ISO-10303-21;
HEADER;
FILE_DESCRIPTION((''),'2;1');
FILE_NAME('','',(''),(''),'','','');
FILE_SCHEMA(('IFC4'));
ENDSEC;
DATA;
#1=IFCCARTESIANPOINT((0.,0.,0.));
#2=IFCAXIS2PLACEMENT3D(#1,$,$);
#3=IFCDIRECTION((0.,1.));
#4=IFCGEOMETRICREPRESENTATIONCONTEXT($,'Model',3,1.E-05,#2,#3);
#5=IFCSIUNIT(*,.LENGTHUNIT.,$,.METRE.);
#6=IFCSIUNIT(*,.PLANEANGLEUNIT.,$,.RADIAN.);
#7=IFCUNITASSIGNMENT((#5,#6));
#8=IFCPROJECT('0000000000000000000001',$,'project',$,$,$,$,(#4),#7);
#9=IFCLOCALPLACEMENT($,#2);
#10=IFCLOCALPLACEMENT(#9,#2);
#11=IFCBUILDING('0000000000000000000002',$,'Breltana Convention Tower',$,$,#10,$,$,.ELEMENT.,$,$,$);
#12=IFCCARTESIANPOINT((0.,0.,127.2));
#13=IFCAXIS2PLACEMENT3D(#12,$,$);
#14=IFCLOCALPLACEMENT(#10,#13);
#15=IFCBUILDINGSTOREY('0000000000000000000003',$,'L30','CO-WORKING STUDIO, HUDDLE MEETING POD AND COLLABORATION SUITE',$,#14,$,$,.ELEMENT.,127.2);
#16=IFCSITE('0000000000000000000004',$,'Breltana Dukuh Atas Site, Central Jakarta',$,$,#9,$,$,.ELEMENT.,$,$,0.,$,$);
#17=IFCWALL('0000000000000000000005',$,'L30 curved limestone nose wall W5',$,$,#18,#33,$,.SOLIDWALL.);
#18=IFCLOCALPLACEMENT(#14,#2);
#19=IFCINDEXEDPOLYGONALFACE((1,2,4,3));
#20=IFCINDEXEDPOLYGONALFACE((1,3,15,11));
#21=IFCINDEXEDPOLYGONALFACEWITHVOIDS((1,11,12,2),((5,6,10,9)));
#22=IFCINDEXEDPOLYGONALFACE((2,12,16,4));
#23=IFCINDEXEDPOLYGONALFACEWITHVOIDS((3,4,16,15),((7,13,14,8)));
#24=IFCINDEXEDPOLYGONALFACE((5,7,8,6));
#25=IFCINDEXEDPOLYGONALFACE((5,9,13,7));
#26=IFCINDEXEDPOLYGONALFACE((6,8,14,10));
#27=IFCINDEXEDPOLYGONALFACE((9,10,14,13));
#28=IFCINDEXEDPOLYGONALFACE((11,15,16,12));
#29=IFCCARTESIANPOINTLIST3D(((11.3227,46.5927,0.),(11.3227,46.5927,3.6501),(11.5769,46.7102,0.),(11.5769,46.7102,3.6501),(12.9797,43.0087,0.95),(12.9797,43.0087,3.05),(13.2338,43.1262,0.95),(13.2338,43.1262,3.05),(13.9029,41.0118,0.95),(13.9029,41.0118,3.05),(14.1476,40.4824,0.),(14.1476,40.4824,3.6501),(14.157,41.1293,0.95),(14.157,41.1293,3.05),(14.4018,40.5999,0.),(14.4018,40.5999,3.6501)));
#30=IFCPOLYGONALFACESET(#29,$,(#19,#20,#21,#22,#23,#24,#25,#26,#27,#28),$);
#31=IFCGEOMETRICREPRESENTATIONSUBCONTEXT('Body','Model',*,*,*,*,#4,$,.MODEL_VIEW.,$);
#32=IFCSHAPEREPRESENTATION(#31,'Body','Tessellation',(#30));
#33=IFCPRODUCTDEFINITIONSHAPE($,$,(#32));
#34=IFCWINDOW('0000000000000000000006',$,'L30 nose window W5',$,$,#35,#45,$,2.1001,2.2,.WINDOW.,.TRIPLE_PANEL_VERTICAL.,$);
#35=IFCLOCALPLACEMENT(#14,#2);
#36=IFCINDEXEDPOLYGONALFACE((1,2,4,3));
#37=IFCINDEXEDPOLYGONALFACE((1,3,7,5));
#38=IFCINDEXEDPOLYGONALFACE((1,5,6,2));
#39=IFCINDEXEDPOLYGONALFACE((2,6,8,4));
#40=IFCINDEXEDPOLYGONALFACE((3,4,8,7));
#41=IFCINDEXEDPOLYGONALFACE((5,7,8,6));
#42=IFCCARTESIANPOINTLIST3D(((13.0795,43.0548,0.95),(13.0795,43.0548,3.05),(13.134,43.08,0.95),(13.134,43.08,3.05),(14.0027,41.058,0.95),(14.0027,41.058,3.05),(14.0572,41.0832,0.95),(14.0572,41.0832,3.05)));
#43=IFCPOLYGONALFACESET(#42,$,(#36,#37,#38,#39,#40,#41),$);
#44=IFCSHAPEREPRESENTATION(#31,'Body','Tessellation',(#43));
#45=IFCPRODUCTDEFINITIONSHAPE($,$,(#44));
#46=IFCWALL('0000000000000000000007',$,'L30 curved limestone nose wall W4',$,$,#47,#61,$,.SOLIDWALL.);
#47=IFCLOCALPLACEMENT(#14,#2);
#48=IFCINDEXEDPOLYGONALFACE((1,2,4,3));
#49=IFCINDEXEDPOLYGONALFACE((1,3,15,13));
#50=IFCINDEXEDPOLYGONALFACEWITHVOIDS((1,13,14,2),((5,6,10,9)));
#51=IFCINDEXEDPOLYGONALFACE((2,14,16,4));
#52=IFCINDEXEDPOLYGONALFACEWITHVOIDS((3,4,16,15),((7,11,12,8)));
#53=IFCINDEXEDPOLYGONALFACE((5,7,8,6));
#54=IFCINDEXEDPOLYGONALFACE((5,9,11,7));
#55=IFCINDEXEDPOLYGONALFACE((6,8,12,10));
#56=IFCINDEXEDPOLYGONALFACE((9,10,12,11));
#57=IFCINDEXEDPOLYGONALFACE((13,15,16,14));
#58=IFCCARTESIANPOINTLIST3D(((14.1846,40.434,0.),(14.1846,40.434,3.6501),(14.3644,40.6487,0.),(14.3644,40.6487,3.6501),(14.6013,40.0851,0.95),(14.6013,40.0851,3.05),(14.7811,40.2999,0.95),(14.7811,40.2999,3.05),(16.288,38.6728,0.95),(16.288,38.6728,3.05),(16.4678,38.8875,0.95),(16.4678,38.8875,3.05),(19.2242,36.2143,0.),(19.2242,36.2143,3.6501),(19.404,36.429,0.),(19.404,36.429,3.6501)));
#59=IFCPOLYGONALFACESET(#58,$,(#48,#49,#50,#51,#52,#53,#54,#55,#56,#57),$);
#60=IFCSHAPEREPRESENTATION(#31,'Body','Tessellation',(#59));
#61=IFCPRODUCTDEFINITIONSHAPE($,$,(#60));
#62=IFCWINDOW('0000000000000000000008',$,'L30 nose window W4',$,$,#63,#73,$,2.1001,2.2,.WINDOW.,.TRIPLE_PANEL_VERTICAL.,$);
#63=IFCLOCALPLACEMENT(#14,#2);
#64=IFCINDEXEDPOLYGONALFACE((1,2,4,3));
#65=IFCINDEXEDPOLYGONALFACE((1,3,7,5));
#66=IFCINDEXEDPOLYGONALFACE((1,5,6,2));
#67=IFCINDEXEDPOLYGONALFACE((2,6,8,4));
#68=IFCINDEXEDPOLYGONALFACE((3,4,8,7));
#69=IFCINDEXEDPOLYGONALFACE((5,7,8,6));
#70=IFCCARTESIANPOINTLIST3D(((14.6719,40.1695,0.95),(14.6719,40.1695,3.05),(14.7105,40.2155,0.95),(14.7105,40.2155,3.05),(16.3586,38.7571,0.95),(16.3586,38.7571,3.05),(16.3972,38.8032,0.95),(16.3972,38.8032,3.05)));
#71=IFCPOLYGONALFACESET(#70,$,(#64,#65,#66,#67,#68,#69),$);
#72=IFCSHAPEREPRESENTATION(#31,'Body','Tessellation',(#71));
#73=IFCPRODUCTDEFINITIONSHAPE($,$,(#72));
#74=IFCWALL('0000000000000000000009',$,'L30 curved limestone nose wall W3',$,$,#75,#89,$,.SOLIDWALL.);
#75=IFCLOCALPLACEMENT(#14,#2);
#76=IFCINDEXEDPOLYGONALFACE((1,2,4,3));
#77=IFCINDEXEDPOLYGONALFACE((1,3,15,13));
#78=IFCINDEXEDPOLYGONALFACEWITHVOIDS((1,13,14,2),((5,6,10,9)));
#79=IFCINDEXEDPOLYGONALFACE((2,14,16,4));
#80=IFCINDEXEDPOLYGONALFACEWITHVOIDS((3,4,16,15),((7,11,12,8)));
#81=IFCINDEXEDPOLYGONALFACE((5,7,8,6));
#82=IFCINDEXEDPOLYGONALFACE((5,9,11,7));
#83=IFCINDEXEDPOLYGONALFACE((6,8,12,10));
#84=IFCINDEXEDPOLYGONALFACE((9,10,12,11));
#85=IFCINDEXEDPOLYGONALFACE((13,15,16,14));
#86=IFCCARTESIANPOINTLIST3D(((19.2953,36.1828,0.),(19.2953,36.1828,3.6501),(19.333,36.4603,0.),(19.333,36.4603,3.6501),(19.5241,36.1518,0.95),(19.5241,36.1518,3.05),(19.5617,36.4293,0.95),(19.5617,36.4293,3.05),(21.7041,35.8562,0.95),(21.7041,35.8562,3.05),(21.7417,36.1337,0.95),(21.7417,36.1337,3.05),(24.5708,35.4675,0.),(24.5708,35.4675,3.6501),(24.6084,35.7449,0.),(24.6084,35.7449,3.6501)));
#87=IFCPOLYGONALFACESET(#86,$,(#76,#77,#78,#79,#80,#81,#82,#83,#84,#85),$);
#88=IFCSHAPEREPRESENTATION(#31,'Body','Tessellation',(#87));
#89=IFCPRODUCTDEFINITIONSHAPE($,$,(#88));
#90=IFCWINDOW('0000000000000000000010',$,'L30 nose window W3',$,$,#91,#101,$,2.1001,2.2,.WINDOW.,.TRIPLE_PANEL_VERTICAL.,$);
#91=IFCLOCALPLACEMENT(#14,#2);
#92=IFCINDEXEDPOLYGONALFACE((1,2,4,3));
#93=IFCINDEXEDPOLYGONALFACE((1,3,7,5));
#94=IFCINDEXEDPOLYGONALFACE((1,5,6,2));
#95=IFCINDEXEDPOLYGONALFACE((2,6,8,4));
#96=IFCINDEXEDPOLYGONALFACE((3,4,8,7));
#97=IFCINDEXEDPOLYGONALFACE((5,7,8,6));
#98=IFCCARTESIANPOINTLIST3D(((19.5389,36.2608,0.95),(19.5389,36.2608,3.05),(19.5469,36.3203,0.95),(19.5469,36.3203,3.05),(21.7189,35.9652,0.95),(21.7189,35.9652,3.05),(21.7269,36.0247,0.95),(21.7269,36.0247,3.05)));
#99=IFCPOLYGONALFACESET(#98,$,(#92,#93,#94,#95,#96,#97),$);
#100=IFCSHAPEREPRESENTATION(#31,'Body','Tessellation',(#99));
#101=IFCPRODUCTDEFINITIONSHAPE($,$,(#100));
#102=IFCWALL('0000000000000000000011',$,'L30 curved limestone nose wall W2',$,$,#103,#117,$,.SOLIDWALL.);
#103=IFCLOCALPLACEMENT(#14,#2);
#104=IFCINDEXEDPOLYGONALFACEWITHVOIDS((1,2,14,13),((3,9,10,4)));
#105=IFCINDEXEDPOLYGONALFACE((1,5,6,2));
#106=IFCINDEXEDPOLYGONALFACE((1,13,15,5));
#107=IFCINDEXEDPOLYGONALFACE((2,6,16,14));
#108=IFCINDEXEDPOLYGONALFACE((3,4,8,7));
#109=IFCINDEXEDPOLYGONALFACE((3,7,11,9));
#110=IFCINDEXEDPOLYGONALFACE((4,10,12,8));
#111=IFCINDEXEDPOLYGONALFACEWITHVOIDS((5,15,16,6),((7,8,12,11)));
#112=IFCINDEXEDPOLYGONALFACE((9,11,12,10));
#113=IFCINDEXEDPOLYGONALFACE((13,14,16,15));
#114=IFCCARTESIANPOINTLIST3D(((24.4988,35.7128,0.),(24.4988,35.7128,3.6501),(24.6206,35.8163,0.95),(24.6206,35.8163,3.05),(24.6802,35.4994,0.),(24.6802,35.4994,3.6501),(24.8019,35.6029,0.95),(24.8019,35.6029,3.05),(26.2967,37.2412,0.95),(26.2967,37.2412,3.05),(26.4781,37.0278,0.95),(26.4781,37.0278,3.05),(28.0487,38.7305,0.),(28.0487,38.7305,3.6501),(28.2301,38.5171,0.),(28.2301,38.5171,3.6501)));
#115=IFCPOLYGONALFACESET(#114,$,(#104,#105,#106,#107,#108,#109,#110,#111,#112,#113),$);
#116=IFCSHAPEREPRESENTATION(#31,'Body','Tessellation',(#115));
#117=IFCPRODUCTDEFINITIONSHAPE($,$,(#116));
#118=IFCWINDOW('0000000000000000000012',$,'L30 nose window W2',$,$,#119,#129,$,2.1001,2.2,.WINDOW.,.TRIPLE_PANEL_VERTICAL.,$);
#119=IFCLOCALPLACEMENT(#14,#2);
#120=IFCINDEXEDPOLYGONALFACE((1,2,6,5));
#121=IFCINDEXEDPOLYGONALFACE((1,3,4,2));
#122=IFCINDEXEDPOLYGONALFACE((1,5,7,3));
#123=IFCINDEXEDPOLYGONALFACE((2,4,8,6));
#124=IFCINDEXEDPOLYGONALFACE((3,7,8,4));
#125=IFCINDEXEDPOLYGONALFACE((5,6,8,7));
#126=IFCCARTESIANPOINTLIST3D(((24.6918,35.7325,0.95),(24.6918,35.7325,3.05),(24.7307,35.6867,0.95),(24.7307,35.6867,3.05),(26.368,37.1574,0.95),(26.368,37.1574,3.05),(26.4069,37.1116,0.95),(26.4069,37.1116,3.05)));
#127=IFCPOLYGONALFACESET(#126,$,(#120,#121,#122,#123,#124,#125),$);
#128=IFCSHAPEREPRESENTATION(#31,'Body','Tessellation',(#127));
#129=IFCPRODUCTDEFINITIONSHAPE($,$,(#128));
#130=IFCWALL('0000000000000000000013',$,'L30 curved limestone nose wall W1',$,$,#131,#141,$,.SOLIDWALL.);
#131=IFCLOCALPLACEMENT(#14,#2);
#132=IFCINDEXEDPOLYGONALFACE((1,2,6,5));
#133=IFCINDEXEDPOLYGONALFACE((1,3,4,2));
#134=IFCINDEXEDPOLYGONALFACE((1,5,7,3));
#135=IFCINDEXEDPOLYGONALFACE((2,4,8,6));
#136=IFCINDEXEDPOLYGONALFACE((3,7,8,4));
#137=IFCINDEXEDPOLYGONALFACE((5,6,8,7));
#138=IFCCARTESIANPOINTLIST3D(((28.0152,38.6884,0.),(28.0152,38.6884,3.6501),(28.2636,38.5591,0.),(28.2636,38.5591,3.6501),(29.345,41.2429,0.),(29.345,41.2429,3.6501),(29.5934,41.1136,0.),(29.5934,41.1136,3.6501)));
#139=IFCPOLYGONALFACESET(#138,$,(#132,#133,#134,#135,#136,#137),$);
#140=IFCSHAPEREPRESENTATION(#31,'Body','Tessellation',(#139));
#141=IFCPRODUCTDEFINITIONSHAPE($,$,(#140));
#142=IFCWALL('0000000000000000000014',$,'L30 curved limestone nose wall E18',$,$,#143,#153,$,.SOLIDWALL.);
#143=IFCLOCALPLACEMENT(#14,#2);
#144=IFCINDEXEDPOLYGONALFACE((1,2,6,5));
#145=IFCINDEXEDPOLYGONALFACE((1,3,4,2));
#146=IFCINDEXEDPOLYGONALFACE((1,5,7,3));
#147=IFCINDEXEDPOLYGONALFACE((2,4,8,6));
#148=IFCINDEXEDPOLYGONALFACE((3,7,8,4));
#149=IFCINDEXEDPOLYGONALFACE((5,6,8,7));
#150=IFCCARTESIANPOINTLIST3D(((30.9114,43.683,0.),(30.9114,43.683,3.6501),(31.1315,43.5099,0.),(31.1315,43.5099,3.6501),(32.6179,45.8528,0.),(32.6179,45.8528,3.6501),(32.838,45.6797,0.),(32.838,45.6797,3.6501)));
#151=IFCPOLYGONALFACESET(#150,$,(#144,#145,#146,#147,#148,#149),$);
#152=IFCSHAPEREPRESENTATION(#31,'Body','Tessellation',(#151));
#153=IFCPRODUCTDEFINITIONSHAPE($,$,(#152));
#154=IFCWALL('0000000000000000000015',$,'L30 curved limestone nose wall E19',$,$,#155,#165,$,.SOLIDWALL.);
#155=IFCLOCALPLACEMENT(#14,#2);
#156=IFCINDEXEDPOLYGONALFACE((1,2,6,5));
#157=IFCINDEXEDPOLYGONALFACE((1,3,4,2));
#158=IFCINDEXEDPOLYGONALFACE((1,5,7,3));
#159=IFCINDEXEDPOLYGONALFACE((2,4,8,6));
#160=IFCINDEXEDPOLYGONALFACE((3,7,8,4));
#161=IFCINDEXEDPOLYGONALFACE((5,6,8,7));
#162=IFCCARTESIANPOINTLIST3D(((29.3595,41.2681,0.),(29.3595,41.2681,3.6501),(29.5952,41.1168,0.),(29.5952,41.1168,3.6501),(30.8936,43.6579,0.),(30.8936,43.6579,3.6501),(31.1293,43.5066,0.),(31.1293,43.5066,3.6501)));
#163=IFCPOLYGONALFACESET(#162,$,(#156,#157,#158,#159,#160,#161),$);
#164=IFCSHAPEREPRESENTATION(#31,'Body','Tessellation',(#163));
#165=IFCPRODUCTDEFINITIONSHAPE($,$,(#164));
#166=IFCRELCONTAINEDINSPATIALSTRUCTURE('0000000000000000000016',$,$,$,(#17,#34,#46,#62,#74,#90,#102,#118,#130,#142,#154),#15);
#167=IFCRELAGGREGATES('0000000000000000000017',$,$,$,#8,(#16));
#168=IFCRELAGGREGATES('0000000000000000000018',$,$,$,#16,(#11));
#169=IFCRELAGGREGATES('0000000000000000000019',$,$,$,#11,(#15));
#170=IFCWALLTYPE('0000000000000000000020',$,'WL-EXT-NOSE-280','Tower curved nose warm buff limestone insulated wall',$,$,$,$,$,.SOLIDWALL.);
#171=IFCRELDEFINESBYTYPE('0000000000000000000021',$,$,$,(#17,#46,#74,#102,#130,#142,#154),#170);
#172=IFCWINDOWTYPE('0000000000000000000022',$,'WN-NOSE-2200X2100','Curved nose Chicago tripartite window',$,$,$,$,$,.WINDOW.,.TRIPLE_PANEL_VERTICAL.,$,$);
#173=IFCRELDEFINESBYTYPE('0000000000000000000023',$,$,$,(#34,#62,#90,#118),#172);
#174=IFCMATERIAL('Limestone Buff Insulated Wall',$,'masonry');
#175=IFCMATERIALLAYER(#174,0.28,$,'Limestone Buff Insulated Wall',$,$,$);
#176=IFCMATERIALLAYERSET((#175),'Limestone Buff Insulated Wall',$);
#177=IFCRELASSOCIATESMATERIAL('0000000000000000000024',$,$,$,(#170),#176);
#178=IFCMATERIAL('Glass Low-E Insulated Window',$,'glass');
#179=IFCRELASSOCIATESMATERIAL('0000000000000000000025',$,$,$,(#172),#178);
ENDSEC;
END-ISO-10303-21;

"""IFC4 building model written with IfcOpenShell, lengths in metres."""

from ifc_helpers import new_model, si_unit, direction, frame, frame_2d, origin, place, context, subcontext, project, spatial, rectangle, extrude, source, transform, mapped, material, layer, layer_set, type_object, type_shapes, element, fill, save


model = new_model("IFC4")

# Units and contexts
model_context = context("Model", 3, precision=1e-05, world=origin(), true_north=direction((0.0, 1.0)))
body_context = subcontext(model_context, "Body", "Model", "MODEL_VIEW")
ifc_project = project(units=[si_unit("LENGTHUNIT", "METRE"), si_unit("PLANEANGLEUNIT", "RADIAN")], contexts=[model_context])

# Site, building, storey
site_placement = place(None, origin())
site = spatial("IfcSite", under=ifc_project, at=site_placement, Name="Breltana Dukuh Atas Site, Central Jakarta", CompositionType="ELEMENT", RefElevation=0.0)
building_placement = place(site_placement, origin())
building = spatial("IfcBuilding", under=site, at=building_placement, Name="Breltana Convention Tower", CompositionType="ELEMENT")
storey_placement = place(building_placement, frame((0.0, 0.0, 127.2)))
storey = spatial("IfcBuildingStorey", under=building, at=storey_placement, Name="L30", Description="CO-WORKING STUDIO, HUDDLE MEETING POD AND COLLABORATION SUITE", CompositionType="ELEMENT", Elevation=127.2)

# Walls, openings, windows
ifc_material_1 = material(Name="Limestone Buff Insulated Wall", Category="masonry")
ifc_layer_1 = layer(ifc_material_1, 0.28, Name="Limestone Buff Insulated Wall")
ifc_layer_set_1 = layer_set([ifc_layer_1], Name="Limestone Buff Insulated Wall")
wall_type_1 = type_object("IfcWallType", Name="WL-EXT-NOSE-280", Description="Tower curved nose warm buff limestone insulated wall", PredefinedType="SOLIDWALL", material=ifc_layer_set_1)
shared_shape_1 = source(origin(), body_context, "Body", "SweptSolid", [
    extrude(rectangle(XDim=6.7317, YDim=0.28, at=frame_2d((3.3657, 0.0))), origin(), (0.0, 0.0, 1.0), 3.6501),
])
wall_1_placement = place(storey_placement, frame((14.2747, 40.5413, 0.0), z_axis=(0.0, 0.0, 1.0), x_axis=(-0.419645, 0.907689, 0.0)))
wall_1 = element("IfcWall", 1, at=wall_1_placement, inside=storey, type_object=wall_type_1, Name="L30 curved limestone nose wall W5", PredefinedType="SOLIDWALL", context=body_context, shape_type="MappedRepresentation", body=[
    mapped(shared_shape_1, transform((0.0, 0.0, 0.0), scale=1.0)),
])
opening_1_placement = place(wall_1_placement, frame((0.583, 0.0, 0.95)))
opening_1 = element("IfcOpeningElement", 2, at=opening_1_placement, cuts=wall_1, PredefinedType="OPENING", context=body_context, shape_type="SweptSolid", body=[
    extrude(rectangle(XDim=2.2, YDim=2.1001, at=frame_2d((1.1001, 1.05))), frame((0.0, 0.1499, 0.0), z_axis=(0.0, -1.0, 0.0), x_axis=(1.0, 0.0, 0.0)), (0.0, 0.0, 1.0), 0.3),
])
ifc_material_2 = material(Name="Glass Low-E Insulated Window", Category="glass")
window_type = type_object("IfcWindowType", Name="WN-NOSE-2200X2100", Description="Curved nose Chicago tripartite window", PartitioningType="TRIPLE_PANEL_VERTICAL", PredefinedType="WINDOW", material=ifc_material_2)
shared_shape_2 = source(origin(), body_context, "Body", "SweptSolid", [
    extrude(rectangle(XDim=2.2, YDim=2.1001, at=frame_2d((1.1001, 1.05))), frame((0.0, 0.03, 0.0), z_axis=(0.0, -1.0, 0.0), x_axis=(1.0, 0.0, 0.0)), (0.0, 0.0, 1.0), 0.0601),
])
type_shapes(window_type, [shared_shape_2])
window_1_placement = place(opening_1_placement, origin())
window_1 = element("IfcWindow", 3, at=window_1_placement, inside=storey, type_object=window_type, Name="L30 nose window W5", OverallHeight=2.1001, OverallWidth=2.2, PartitioningType="TRIPLE_PANEL_VERTICAL", PredefinedType="WINDOW", context=body_context, shape_type="MappedRepresentation", body=[
    mapped(shared_shape_2, transform((0.0, 0.0, 0.0), scale=1.0)),
])
fill(opening_1, window_1)
shared_shape_3 = source(origin(), body_context, "Body", "SweptSolid", [
    extrude(rectangle(XDim=6.573, YDim=0.28, at=frame_2d((3.2866, 0.0))), origin(), (0.0, 0.0, 1.0), 3.6501),
])
wall_2_placement = place(storey_placement, frame((19.3142, 36.3215, 0.0), z_axis=(0.0, 0.0, 1.0), x_axis=(-0.766715, 0.641987, 0.0)))
wall_2 = element("IfcWall", 4, at=wall_2_placement, inside=storey, type_object=wall_type_1, Name="L30 curved limestone nose wall W4", PredefinedType="SOLIDWALL", context=body_context, shape_type="MappedRepresentation", body=[
    mapped(shared_shape_3, transform((0.0, 0.0, 0.0), scale=1.0)),
])
opening_2_placement = place(wall_2_placement, frame((3.8296, 0.0, 0.95)))
opening_2 = element("IfcOpeningElement", 5, at=opening_2_placement, cuts=wall_2, PredefinedType="OPENING", context=body_context, shape_type="SweptSolid", body=[
    extrude(rectangle(XDim=2.2, YDim=2.1001, at=frame_2d((1.1001, 1.05))), frame((0.0, 0.1499, 0.0), z_axis=(0.0, -1.0, 0.0), x_axis=(1.0, 0.0, 0.0)), (0.0, 0.0, 1.0), 0.3),
])
window_2_placement = place(opening_2_placement, origin())
window_2 = element("IfcWindow", 6, at=window_2_placement, inside=storey, type_object=window_type, Name="L30 nose window W4", OverallHeight=2.1001, OverallWidth=2.2, PartitioningType="TRIPLE_PANEL_VERTICAL", PredefinedType="WINDOW", context=body_context, shape_type="MappedRepresentation", body=[
    mapped(shared_shape_2, transform((0.0, 0.0, 0.0), scale=1.0)),
])
fill(opening_2, window_2)
shared_shape_4 = source(origin(), body_context, "Body", "SweptSolid", [
    extrude(rectangle(XDim=5.3237, YDim=0.28, at=frame_2d((2.6619, 0.0))), origin(), (0.0, 0.0, 1.0), 3.6501),
])
wall_3_placement = place(storey_placement, frame((24.5896, 35.6062, 0.0), z_axis=(0.0, 0.0, 1.0), x_axis=(-0.990931, 0.134368, 0.0)))
wall_3 = element("IfcWall", 7, at=wall_3_placement, inside=storey, type_object=wall_type_1, Name="L30 curved limestone nose wall W3", PredefinedType="SOLIDWALL", context=body_context, shape_type="MappedRepresentation", body=[
    mapped(shared_shape_4, transform((0.0, 0.0, 0.0), scale=1.0)),
])
opening_3_placement = place(wall_3_placement, frame((2.8928, 0.0, 0.95)))
opening_3 = element("IfcOpeningElement", 8, at=opening_3_placement, cuts=wall_3, PredefinedType="OPENING", context=body_context, shape_type="SweptSolid", body=[
    extrude(rectangle(XDim=2.2, YDim=2.1001, at=frame_2d((1.1001, 1.05))), frame((0.0, 0.1499, 0.0), z_axis=(0.0, -1.0, 0.0), x_axis=(1.0, 0.0, 0.0)), (0.0, 0.0, 1.0), 0.3),
])
window_3_placement = place(opening_3_placement, origin())
window_3 = element("IfcWindow", 9, at=window_3_placement, inside=storey, type_object=window_type, Name="L30 nose window W3", OverallHeight=2.1001, OverallWidth=2.2, PartitioningType="TRIPLE_PANEL_VERTICAL", PredefinedType="WINDOW", context=body_context, shape_type="MappedRepresentation", body=[
    mapped(shared_shape_2, transform((0.0, 0.0, 0.0), scale=1.0)),
])
fill(opening_3, window_3)
shared_shape_5 = source(origin(), body_context, "Body", "SweptSolid", [
    extrude(rectangle(XDim=4.6592, YDim=0.28, at=frame_2d((2.3296, 0.0))), origin(), (0.0, 0.0, 1.0), 3.6501),
])
wall_4_placement = place(storey_placement, frame((28.1394, 38.6238, 0.0), z_axis=(0.0, 0.0, 1.0), x_axis=(-0.761913, -0.647679, 0.0)))
wall_4 = element("IfcWall", 10, at=wall_4_placement, inside=storey, type_object=wall_type_1, Name="L30 curved limestone nose wall W2", PredefinedType="SOLIDWALL", context=body_context, shape_type="MappedRepresentation", body=[
    mapped(shared_shape_5, transform((0.0, 0.0, 0.0), scale=1.0)),
])
opening_4_placement = place(wall_4_placement, frame((2.2993, 0.0, 0.95)))
opening_4 = element("IfcOpeningElement", 11, at=opening_4_placement, cuts=wall_4, PredefinedType="OPENING", context=body_context, shape_type="SweptSolid", body=[
    extrude(rectangle(XDim=2.2, YDim=2.1001, at=frame_2d((1.1001, 1.05))), frame((0.0, 0.1499, 0.0), z_axis=(0.0, -1.0, 0.0), x_axis=(1.0, 0.0, 0.0)), (0.0, 0.0, 1.0), 0.3),
])
window_4_placement = place(opening_4_placement, origin())
window_4 = element("IfcWindow", 12, at=window_4_placement, inside=storey, type_object=window_type, Name="L30 nose window W2", OverallHeight=2.1001, OverallWidth=2.2, PartitioningType="TRIPLE_PANEL_VERTICAL", PredefinedType="WINDOW", context=body_context, shape_type="MappedRepresentation", body=[
    mapped(shared_shape_2, transform((0.0, 0.0, 0.0), scale=1.0)),
])
fill(opening_4, window_4)

# Walls
shared_shape_6 = source(origin(), body_context, "Body", "SweptSolid", [
    extrude(rectangle(XDim=2.8799, YDim=0.28, at=frame_2d((1.4399, 0.0))), origin(), (0.0, 0.0, 1.0), 3.6501),
])
wall_5_placement = place(storey_placement, frame((29.4692, 41.1782, 0.0), z_axis=(0.0, 0.0, 1.0), x_axis=(-0.461769, -0.887, 0.0)))
element("IfcWall", 13, at=wall_5_placement, inside=storey, type_object=wall_type_1, Name="L30 curved limestone nose wall W1", PredefinedType="SOLIDWALL", context=body_context, shape_type="MappedRepresentation", body=[
    mapped(shared_shape_6, transform((0.0, 0.0, 0.0), scale=1.0)),
])
shared_shape_7 = source(origin(), body_context, "Body", "SweptSolid", [
    extrude(rectangle(XDim=2.7605, YDim=0.28, at=frame_2d((1.3804, 0.0))), origin(), (0.0, 0.0, 1.0), 3.6501),
])
wall_6_placement = place(storey_placement, frame((32.728, 45.7664, 0.0), z_axis=(0.0, 0.0, 1.0), x_axis=(-0.618181, -0.786036, 0.0)))
element("IfcWall", 14, at=wall_6_placement, inside=storey, type_object=wall_type_1, Name="L30 curved limestone nose wall E18", PredefinedType="SOLIDWALL", context=body_context, shape_type="MappedRepresentation", body=[
    mapped(shared_shape_7, transform((0.0, 0.0, 0.0), scale=1.0)),
])
shared_shape_8 = source(origin(), body_context, "Body", "SweptSolid", [
    extrude(rectangle(XDim=2.8398, YDim=0.28, at=frame_2d((1.4199, 0.0))), origin(), (0.0, 0.0, 1.0), 3.6501),
])
wall_7_placement = place(storey_placement, frame((31.0115, 43.5823, 0.0), z_axis=(0.0, 0.0, 1.0), x_axis=(-0.540214, -0.841527, 0.0)))
element("IfcWall", 15, at=wall_7_placement, inside=storey, type_object=wall_type_1, Name="L30 curved limestone nose wall E19", PredefinedType="SOLIDWALL", context=body_context, shape_type="MappedRepresentation", body=[
    mapped(shared_shape_8, transform((0.0, 0.0, 0.0), scale=1.0)),
])

save(model, "model.ifc")
